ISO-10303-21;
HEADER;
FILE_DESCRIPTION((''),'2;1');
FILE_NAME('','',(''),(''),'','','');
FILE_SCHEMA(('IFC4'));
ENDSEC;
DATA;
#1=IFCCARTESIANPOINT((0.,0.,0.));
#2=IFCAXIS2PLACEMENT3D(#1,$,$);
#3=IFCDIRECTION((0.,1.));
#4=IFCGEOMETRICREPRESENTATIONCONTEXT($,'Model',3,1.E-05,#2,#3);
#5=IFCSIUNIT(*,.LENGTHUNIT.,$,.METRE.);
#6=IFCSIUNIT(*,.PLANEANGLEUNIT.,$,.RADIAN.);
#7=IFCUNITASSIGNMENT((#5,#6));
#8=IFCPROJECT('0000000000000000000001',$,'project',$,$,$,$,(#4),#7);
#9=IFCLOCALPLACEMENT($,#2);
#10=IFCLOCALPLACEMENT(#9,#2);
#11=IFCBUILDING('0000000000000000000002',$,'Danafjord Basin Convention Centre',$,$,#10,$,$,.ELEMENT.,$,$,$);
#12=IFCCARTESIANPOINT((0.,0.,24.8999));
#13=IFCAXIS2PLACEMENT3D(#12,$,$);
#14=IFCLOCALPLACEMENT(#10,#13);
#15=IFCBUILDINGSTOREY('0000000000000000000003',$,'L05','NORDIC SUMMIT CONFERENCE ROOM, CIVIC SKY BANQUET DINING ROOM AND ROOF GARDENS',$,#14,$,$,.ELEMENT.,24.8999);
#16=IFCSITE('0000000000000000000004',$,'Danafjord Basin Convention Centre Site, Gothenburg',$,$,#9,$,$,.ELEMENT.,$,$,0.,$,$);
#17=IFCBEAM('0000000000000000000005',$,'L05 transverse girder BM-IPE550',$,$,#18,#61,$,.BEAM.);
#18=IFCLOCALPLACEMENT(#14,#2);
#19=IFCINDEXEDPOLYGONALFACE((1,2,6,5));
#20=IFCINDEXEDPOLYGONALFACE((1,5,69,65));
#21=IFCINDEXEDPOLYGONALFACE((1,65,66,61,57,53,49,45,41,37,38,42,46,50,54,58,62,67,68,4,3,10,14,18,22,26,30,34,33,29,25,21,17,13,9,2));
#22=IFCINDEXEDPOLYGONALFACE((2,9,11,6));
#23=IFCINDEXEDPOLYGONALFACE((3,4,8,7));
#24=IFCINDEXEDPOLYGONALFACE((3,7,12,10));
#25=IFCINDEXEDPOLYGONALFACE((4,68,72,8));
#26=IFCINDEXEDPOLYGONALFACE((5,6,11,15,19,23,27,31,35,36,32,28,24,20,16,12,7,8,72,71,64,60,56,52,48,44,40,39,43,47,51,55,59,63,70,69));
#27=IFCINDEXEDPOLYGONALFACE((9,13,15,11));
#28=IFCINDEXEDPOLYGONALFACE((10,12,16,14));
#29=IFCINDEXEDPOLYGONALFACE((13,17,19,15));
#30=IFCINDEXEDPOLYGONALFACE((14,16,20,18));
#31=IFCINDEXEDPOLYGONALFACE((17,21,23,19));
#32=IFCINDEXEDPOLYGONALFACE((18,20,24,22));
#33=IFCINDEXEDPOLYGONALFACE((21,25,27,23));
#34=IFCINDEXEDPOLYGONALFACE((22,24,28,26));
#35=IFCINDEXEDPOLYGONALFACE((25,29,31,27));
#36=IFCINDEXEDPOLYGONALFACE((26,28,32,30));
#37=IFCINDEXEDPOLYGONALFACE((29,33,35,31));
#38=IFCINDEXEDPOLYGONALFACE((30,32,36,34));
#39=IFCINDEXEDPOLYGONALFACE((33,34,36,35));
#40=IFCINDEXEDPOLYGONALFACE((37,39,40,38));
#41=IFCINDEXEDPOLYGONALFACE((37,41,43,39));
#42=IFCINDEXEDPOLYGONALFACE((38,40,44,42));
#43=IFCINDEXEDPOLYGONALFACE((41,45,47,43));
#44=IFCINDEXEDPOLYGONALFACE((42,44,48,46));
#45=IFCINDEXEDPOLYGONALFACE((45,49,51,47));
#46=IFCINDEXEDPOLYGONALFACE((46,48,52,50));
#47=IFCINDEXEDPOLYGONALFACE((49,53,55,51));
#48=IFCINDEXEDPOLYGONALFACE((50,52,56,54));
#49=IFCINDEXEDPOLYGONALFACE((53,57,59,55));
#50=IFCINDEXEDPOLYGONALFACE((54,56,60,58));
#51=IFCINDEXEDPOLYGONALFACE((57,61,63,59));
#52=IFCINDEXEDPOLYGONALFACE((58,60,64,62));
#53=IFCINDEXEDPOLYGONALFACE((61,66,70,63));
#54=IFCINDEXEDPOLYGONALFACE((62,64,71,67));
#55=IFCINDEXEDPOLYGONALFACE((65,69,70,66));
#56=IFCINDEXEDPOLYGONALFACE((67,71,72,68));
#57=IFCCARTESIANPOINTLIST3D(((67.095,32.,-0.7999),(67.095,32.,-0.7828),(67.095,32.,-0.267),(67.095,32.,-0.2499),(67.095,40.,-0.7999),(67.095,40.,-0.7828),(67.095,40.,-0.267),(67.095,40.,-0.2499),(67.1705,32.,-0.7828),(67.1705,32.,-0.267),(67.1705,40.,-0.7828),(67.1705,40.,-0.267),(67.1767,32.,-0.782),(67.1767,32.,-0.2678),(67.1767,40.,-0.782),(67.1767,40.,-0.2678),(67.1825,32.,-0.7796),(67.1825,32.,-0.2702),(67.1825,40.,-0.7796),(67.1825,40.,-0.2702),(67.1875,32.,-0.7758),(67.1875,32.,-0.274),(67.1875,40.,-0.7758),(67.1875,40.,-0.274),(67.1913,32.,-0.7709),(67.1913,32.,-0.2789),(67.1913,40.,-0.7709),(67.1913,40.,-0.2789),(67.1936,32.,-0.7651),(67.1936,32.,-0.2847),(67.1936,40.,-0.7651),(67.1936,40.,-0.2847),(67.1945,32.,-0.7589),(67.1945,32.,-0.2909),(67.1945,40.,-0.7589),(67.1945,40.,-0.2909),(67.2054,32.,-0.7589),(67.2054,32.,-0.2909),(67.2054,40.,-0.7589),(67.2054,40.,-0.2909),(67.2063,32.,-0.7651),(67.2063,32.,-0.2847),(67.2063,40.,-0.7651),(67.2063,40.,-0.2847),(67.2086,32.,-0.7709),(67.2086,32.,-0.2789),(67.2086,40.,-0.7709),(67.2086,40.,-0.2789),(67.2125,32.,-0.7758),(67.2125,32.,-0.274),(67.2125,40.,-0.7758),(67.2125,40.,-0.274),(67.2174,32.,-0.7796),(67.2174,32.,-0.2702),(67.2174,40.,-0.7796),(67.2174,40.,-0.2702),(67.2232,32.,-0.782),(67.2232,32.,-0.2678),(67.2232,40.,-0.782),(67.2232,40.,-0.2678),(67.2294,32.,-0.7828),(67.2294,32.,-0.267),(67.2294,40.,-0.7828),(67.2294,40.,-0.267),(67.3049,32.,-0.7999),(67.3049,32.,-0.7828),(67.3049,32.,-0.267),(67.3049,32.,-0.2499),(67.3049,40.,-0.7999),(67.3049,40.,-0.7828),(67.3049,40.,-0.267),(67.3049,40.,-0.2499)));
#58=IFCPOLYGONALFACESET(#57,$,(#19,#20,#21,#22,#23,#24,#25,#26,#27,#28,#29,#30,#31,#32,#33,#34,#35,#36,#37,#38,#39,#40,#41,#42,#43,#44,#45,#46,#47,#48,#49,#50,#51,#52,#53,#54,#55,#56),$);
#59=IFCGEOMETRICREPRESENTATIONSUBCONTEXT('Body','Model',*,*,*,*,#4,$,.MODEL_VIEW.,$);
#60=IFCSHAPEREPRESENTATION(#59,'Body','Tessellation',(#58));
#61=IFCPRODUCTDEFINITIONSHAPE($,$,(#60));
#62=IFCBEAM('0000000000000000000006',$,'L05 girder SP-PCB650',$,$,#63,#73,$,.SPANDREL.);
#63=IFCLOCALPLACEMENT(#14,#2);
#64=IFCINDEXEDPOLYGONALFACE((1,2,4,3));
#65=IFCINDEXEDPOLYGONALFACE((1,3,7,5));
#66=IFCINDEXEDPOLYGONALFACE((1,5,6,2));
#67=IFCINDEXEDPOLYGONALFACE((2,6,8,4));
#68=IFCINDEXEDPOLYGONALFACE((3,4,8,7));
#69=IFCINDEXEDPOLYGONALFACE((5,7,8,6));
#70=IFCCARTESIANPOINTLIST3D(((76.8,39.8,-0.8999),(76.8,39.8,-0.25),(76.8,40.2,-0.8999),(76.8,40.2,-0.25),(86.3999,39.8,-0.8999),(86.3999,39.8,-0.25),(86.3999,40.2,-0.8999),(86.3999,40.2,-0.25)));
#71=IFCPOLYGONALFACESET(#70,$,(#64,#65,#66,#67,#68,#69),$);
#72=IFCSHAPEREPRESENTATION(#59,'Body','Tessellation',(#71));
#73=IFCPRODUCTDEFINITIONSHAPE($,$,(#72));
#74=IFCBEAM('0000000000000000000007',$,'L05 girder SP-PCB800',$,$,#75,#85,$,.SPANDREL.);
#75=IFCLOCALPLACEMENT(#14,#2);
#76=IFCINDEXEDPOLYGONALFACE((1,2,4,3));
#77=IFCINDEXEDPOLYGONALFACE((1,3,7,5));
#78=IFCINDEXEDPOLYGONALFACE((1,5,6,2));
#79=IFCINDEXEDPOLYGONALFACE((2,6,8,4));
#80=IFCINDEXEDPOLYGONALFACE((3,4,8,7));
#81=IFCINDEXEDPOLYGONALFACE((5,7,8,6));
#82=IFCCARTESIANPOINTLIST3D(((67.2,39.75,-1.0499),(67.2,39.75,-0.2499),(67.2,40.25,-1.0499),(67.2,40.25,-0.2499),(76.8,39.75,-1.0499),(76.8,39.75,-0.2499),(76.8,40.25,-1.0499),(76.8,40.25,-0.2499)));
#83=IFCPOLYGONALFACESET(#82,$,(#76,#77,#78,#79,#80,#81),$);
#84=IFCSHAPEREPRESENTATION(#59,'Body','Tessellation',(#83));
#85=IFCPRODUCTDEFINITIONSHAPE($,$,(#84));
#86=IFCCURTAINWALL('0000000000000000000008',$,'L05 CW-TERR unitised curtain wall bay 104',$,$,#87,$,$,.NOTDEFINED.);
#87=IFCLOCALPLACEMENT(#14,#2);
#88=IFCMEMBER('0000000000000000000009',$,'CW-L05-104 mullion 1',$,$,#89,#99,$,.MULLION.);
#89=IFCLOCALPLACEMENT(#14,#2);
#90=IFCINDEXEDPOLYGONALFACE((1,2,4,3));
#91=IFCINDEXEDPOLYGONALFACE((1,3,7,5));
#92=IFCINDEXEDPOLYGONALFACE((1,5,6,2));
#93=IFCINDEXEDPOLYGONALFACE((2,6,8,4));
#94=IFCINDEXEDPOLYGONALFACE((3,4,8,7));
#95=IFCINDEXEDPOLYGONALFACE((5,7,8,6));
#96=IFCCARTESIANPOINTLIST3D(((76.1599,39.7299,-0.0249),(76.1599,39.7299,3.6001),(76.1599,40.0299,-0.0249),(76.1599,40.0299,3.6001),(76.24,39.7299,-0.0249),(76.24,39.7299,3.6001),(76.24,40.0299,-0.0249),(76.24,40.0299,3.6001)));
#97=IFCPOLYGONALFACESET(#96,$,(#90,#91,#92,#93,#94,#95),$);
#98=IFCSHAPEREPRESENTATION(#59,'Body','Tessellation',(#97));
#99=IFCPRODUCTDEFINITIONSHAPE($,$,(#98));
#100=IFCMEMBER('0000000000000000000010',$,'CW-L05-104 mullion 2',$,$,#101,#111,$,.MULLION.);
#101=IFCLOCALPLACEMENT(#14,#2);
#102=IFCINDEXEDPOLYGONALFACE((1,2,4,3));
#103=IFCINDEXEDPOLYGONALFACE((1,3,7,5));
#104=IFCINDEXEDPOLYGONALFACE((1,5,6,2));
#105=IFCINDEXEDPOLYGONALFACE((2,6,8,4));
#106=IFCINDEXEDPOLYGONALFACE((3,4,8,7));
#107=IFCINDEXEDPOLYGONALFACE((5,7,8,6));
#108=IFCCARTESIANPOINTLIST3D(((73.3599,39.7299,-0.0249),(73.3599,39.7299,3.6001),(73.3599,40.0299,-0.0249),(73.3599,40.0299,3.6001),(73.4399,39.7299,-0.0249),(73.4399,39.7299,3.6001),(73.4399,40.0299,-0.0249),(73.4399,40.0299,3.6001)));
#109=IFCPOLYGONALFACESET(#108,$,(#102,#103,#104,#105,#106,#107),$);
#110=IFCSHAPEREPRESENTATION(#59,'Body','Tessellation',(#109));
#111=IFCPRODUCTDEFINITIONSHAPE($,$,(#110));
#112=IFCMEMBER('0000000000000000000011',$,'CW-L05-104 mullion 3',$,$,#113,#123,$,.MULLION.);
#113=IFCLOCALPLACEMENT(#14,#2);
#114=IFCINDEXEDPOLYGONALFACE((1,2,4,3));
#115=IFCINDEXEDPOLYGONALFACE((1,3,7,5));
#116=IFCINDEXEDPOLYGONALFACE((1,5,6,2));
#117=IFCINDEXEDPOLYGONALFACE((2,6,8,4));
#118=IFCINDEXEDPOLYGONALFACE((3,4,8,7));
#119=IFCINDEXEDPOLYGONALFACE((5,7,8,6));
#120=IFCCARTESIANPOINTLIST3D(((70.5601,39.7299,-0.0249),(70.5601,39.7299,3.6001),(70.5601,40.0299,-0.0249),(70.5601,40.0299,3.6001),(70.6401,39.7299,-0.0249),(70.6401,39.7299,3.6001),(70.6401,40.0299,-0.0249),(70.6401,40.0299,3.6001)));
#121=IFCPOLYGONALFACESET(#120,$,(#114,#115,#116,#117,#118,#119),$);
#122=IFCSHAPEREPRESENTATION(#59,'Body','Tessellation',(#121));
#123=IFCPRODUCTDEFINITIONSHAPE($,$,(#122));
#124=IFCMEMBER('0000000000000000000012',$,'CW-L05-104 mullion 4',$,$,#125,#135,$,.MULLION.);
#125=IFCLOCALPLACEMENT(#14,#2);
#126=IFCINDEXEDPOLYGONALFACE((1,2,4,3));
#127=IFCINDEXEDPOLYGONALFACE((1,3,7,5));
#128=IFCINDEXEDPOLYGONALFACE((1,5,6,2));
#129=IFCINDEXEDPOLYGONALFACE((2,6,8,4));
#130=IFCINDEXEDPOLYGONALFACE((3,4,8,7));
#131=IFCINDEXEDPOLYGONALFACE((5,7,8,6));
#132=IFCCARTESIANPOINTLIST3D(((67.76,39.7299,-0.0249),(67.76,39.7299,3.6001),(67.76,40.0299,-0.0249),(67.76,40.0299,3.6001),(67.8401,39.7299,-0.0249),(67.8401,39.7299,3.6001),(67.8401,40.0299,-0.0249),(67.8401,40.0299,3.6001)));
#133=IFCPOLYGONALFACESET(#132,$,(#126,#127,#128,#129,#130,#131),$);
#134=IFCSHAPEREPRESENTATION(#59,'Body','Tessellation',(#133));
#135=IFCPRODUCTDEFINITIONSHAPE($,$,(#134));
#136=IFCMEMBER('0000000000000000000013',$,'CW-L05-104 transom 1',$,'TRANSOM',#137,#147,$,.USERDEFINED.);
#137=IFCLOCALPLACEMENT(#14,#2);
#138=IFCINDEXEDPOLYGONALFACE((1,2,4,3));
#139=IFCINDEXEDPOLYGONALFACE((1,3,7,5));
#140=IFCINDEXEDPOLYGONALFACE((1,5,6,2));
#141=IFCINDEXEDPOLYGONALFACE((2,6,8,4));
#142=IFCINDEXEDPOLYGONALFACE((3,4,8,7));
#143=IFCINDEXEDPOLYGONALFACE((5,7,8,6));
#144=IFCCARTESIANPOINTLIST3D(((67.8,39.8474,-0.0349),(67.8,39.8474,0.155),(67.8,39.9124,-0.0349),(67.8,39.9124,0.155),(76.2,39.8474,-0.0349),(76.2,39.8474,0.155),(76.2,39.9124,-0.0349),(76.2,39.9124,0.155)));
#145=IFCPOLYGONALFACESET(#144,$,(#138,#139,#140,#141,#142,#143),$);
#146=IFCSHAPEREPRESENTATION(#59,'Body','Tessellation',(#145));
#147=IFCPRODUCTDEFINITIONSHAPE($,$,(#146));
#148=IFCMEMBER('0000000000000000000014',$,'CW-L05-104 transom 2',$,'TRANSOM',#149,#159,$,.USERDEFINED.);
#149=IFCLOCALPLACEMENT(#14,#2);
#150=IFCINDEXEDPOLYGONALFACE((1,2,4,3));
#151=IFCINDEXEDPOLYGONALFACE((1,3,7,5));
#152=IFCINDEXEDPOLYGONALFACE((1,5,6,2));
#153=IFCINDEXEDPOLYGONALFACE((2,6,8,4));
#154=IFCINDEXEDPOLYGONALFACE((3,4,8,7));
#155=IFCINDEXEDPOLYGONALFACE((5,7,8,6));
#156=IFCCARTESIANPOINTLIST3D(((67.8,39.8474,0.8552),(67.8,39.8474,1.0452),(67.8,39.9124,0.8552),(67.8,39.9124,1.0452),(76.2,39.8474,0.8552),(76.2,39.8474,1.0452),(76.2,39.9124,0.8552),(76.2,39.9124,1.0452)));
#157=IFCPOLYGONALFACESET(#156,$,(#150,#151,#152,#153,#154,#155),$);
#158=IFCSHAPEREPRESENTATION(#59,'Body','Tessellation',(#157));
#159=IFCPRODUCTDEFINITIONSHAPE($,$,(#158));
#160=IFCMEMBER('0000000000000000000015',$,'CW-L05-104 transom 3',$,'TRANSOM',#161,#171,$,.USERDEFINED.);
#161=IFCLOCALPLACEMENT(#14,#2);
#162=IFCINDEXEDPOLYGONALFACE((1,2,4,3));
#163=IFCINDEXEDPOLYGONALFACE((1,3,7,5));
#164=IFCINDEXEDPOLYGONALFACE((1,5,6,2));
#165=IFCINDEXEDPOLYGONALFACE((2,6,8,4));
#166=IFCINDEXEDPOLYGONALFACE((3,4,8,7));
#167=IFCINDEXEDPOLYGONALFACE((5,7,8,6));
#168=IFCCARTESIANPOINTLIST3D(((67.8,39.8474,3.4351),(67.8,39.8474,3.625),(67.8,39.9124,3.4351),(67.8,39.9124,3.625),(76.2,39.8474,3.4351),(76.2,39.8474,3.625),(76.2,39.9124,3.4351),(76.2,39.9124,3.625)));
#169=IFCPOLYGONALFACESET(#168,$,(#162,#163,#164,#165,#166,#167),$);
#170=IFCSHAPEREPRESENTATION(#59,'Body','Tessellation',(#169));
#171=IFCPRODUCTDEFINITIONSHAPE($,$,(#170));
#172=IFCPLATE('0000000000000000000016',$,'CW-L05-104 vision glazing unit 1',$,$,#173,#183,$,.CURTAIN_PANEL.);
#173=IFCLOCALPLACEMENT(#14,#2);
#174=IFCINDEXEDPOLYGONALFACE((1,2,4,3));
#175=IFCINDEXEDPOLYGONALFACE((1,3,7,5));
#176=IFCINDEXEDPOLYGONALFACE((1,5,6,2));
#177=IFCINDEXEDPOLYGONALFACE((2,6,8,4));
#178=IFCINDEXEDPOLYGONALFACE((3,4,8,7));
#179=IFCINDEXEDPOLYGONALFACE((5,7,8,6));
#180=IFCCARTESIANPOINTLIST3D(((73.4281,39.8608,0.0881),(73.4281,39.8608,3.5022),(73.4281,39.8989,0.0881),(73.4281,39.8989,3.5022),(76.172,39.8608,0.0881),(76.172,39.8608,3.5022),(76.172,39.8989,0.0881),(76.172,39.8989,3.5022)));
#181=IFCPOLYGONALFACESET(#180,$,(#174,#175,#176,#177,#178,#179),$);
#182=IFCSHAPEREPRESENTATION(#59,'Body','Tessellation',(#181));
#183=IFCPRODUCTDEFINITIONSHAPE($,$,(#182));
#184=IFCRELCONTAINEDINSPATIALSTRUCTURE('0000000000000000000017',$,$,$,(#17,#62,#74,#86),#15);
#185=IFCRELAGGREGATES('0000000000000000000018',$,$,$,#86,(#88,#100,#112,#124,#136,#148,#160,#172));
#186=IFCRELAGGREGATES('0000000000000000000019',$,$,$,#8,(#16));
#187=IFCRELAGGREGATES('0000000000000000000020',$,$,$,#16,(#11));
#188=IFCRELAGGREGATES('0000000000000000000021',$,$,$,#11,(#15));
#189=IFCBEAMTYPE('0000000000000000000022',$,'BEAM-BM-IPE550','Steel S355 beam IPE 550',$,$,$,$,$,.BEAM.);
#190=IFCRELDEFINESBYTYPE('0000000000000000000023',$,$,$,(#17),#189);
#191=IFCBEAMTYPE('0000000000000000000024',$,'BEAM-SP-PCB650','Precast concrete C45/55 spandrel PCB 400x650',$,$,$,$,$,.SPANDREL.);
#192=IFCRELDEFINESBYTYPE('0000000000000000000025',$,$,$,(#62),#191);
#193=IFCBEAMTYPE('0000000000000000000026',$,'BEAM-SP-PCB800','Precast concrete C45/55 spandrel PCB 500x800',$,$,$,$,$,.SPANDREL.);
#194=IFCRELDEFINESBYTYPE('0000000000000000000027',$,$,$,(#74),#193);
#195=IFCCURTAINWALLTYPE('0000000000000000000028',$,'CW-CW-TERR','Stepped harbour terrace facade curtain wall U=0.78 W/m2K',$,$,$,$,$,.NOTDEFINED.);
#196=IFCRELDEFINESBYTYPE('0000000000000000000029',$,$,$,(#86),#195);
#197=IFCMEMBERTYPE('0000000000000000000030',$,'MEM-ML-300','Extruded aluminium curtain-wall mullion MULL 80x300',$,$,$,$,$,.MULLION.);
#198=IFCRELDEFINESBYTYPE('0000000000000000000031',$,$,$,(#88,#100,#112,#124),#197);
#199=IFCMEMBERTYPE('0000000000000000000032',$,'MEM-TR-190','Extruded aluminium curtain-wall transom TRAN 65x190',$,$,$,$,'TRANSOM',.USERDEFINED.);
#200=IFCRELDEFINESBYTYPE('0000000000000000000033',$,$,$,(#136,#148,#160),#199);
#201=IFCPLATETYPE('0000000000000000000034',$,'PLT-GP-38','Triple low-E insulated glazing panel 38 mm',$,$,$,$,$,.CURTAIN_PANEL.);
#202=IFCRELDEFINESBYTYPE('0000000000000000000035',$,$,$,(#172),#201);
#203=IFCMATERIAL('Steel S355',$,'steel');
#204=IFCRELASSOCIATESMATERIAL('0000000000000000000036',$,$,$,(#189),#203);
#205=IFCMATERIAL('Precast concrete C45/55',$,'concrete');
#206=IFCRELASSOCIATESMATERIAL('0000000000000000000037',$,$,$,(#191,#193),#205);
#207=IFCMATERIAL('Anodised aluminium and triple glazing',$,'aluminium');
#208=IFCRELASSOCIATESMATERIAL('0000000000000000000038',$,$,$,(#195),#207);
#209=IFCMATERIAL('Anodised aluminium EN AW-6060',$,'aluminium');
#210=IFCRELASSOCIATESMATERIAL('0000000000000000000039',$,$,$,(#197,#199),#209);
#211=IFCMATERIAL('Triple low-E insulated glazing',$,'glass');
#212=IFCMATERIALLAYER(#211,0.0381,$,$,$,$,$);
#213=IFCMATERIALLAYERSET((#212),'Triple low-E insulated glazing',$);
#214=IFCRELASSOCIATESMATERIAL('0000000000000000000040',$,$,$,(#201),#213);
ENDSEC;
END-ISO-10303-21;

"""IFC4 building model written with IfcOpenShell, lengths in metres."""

from ifc_helpers import new_model, si_unit, direction, frame, origin, origin_2d, place, context, subcontext, project, spatial, rectangle, i_section, extrude, material, layer, layer_set, material_profile, profile_set, type_object, element, aggregate, save


model = new_model("IFC4")

# Units and contexts
model_context = context("Model", 3, precision=1e-05, world=origin(), true_north=direction((0.0, 1.0)))
body_context = subcontext(model_context, "Body", "Model", "MODEL_VIEW")
ifc_project = project(units=[si_unit("LENGTHUNIT", "METRE"), si_unit("PLANEANGLEUNIT", "RADIAN")], contexts=[model_context])

# Site, building, storey
site_placement = place(None, origin())
site = spatial("IfcSite", under=ifc_project, at=site_placement, Name="Danafjord Basin Convention Centre Site, Gothenburg", CompositionType="ELEMENT", RefElevation=0.0)
building_placement = place(site_placement, origin())
building = spatial("IfcBuilding", under=site, at=building_placement, Name="Danafjord Basin Convention Centre", CompositionType="ELEMENT")
storey_placement = place(building_placement, frame((0.0, 0.0, 24.8999)))
storey = spatial("IfcBuildingStorey", under=building, at=storey_placement, Name="L05", Description="NORDIC SUMMIT CONFERENCE ROOM, CIVIC SKY BANQUET DINING ROOM AND ROOF GARDENS", CompositionType="ELEMENT", Elevation=24.8999)

# Shared definitions
ifc_material_1 = material(Name="Steel S355", Category="steel")

# Beams
ifc_material_profile_1 = material_profile(ifc_material_1, i_section(OverallWidth=0.21, OverallDepth=0.55, WebThickness=0.011, FlangeThickness=0.0171, FilletRadius=0.0239, at=origin_2d()), Name="IPE 550")
ifc_profile_set_1 = profile_set([ifc_material_profile_1], Name="Steel S355")
beam_type_1 = type_object("IfcBeamType", Name="BEAM-BM-IPE550", Description="Steel S355 beam IPE 550", PredefinedType="BEAM", material=ifc_profile_set_1)
beam_1_placement = place(storey_placement, frame((67.2, 32.0, -0.5249), z_axis=(0.0, 1.0, 0.0), x_axis=(-1.0, 0.0, 0.0)))
element("IfcBeam", 1, at=beam_1_placement, inside=storey, type_object=beam_type_1, Name="L05 transverse girder BM-IPE550", PredefinedType="BEAM", context=body_context, shape_type="SweptSolid", body=[
    extrude(i_section(OverallWidth=0.21, OverallDepth=0.55, WebThickness=0.011, FlangeThickness=0.0171, FilletRadius=0.0239, at=origin_2d()), origin(), (0.0, 0.0, 1.0), 8.0),
])
ifc_material_2 = material(Name="Precast concrete C45/55", Category="concrete")
ifc_material_profile_2 = material_profile(ifc_material_2, rectangle(XDim=0.3999, YDim=0.6499, at=origin_2d()), Name="PCB 400x650")
ifc_profile_set_2 = profile_set([ifc_material_profile_2], Name="Precast concrete C45/55")
beam_type_2 = type_object("IfcBeamType", Name="BEAM-SP-PCB650", Description="Precast concrete C45/55 spandrel PCB 400x650", PredefinedType="SPANDREL", material=ifc_profile_set_2)
beam_2_placement = place(storey_placement, frame((76.8, 40.0, -0.575), z_axis=(1.0, 0.0, 0.0), x_axis=(0.0, 1.0, 0.0)))
element("IfcBeam", 2, at=beam_2_placement, inside=storey, type_object=beam_type_2, Name="L05 girder SP-PCB650", PredefinedType="SPANDREL", context=body_context, shape_type="SweptSolid", body=[
    extrude(rectangle(XDim=0.3999, YDim=0.6499, at=origin_2d()), origin(), (0.0, 0.0, 1.0), 9.5999),
])
ifc_material_profile_3 = material_profile(ifc_material_2, rectangle(XDim=0.5, YDim=0.8, at=origin_2d()), Name="PCB 500x800")
ifc_profile_set_3 = profile_set([ifc_material_profile_3], Name="Precast concrete C45/55")
beam_type_3 = type_object("IfcBeamType", Name="BEAM-SP-PCB800", Description="Precast concrete C45/55 spandrel PCB 500x800", PredefinedType="SPANDREL", material=ifc_profile_set_3)
beam_3_placement = place(storey_placement, frame((67.2, 40.0, -0.6499), z_axis=(1.0, 0.0, 0.0), x_axis=(0.0, 1.0, 0.0)))
element("IfcBeam", 3, at=beam_3_placement, inside=storey, type_object=beam_type_3, Name="L05 girder SP-PCB800", PredefinedType="SPANDREL", context=body_context, shape_type="SweptSolid", body=[
    extrude(rectangle(XDim=0.5, YDim=0.8, at=origin_2d()), origin(), (0.0, 0.0, 1.0), 9.6001),
])

# Curtain wall, members, plate
ifc_material_3 = material(Name="Anodised aluminium and triple glazing", Category="aluminium")
curtain_wall_type = type_object("IfcCurtainWallType", Name="CW-CW-TERR", Description="Stepped harbour terrace facade curtain wall U=0.78 W/m2K", PredefinedType="NOTDEFINED", material=ifc_material_3)
curtain_wall_placement = place(storey_placement, origin())
curtain_wall = element("IfcCurtainWall", 4, at=curtain_wall_placement, inside=storey, type_object=curtain_wall_type, Name="L05 CW-TERR unitised curtain wall bay 104", PredefinedType="NOTDEFINED")
ifc_material_4 = material(Name="Anodised aluminium EN AW-6060", Category="aluminium")
ifc_material_profile_4 = material_profile(ifc_material_4, rectangle(XDim=0.0801, YDim=0.3, at=origin_2d()), Name="MULL 80x300")
ifc_profile_set_4 = profile_set([ifc_material_profile_4], Name="Anodised aluminium EN AW-6060")
member_type_1 = type_object("IfcMemberType", Name="MEM-ML-300", Description="Extruded aluminium curtain-wall mullion MULL 80x300", PredefinedType="MULLION", material=ifc_profile_set_4)
member_1_placement = place(storey_placement, frame((76.2, 39.8799, -0.0249), z_axis=(0.0, 0.0, 1.0), x_axis=(-1.0, 0.0, 0.0)))
member_1 = element("IfcMember", 5, at=member_1_placement, type_object=member_type_1, Name="CW-L05-104 mullion 1", PredefinedType="MULLION", context=body_context, shape_type="SweptSolid", body=[
    extrude(rectangle(XDim=0.0801, YDim=0.3, at=origin_2d()), origin(), (0.0, 0.0, 1.0), 3.625),
])
member_2_placement = place(storey_placement, frame((73.3999, 39.8799, -0.0249), z_axis=(0.0, 0.0, 1.0), x_axis=(-1.0, 0.0, 0.0)))
member_2 = element("IfcMember", 6, at=member_2_placement, type_object=member_type_1, Name="CW-L05-104 mullion 2", PredefinedType="MULLION", context=body_context, shape_type="SweptSolid", body=[
    extrude(rectangle(XDim=0.0801, YDim=0.3, at=origin_2d()), origin(), (0.0, 0.0, 1.0), 3.625),
])
member_3_placement = place(storey_placement, frame((70.6001, 39.8799, -0.0249), z_axis=(0.0, 0.0, 1.0), x_axis=(-1.0, 0.0, 0.0)))
member_3 = element("IfcMember", 7, at=member_3_placement, type_object=member_type_1, Name="CW-L05-104 mullion 3", PredefinedType="MULLION", context=body_context, shape_type="SweptSolid", body=[
    extrude(rectangle(XDim=0.0801, YDim=0.3, at=origin_2d()), origin(), (0.0, 0.0, 1.0), 3.625),
])
member_4_placement = place(storey_placement, frame((67.8, 39.8799, -0.0249), z_axis=(0.0, 0.0, 1.0), x_axis=(-1.0, 0.0, 0.0)))
member_4 = element("IfcMember", 8, at=member_4_placement, type_object=member_type_1, Name="CW-L05-104 mullion 4", PredefinedType="MULLION", context=body_context, shape_type="SweptSolid", body=[
    extrude(rectangle(XDim=0.0801, YDim=0.3, at=origin_2d()), origin(), (0.0, 0.0, 1.0), 3.625),
])
ifc_material_profile_5 = material_profile(ifc_material_4, rectangle(XDim=0.0649, YDim=0.1899, at=origin_2d()), Name="TRAN 65x190")
ifc_profile_set_5 = profile_set([ifc_material_profile_5], Name="Anodised aluminium EN AW-6060")
member_type_2 = type_object("IfcMemberType", Name="MEM-TR-190", Description="Extruded aluminium curtain-wall transom TRAN 65x190", ElementType="TRANSOM", PredefinedType="USERDEFINED", material=ifc_profile_set_5)
member_5_placement = place(storey_placement, frame((76.2, 39.8799, 0.0601), z_axis=(-1.0, 0.0, 0.0), x_axis=(0.0, -1.0, 0.0)))
member_5 = element("IfcMember", 9, at=member_5_placement, type_object=member_type_2, Name="CW-L05-104 transom 1", ObjectType="TRANSOM", PredefinedType="USERDEFINED", context=body_context, shape_type="SweptSolid", body=[
    extrude(rectangle(XDim=0.0649, YDim=0.1899, at=origin_2d()), origin(), (0.0, 0.0, 1.0), 8.3999),
])
member_6_placement = place(storey_placement, frame((76.2, 39.8799, 0.9502), z_axis=(-1.0, 0.0, 0.0), x_axis=(0.0, -1.0, 0.0)))
member_6 = element("IfcMember", 10, at=member_6_placement, type_object=member_type_2, Name="CW-L05-104 transom 2", ObjectType="TRANSOM", PredefinedType="USERDEFINED", context=body_context, shape_type="SweptSolid", body=[
    extrude(rectangle(XDim=0.0649, YDim=0.1899, at=origin_2d()), origin(), (0.0, 0.0, 1.0), 8.3999),
])
member_7_placement = place(storey_placement, frame((76.2, 39.8799, 3.53), z_axis=(-1.0, 0.0, 0.0), x_axis=(0.0, -1.0, 0.0)))
member_7 = element("IfcMember", 11, at=member_7_placement, type_object=member_type_2, Name="CW-L05-104 transom 3", ObjectType="TRANSOM", PredefinedType="USERDEFINED", context=body_context, shape_type="SweptSolid", body=[
    extrude(rectangle(XDim=0.0649, YDim=0.1899, at=origin_2d()), origin(), (0.0, 0.0, 1.0), 8.3999),
])
ifc_material_5 = material(Name="Triple low-E insulated glazing", Category="glass")
ifc_layer_1 = layer(ifc_material_5, 0.0381)
ifc_layer_set_1 = layer_set([ifc_layer_1], Name="Triple low-E insulated glazing")
plate_type = type_object("IfcPlateType", Name="PLT-GP-38", Description="Triple low-E insulated glazing panel 38 mm", PredefinedType="CURTAIN_PANEL", material=ifc_layer_set_1)
plate_1_placement = place(storey_placement, frame((74.8, 39.8799, 0.0881), z_axis=(0.0, 0.0, 1.0), x_axis=(-1.0, 0.0, 0.0)))
plate_1 = element("IfcPlate", 12, at=plate_1_placement, type_object=plate_type, Name="CW-L05-104 vision glazing unit 1", PredefinedType="CURTAIN_PANEL", context=body_context, shape_type="SweptSolid", body=[
    extrude(rectangle(XDim=2.7439, YDim=0.0381, at=origin_2d()), origin(), (0.0, 0.0, 1.0), 3.4141),
])
aggregate(curtain_wall, [member_1, member_2, member_3, member_4, member_5, member_6, member_7, plate_1])

save(model, "model.ifc")
